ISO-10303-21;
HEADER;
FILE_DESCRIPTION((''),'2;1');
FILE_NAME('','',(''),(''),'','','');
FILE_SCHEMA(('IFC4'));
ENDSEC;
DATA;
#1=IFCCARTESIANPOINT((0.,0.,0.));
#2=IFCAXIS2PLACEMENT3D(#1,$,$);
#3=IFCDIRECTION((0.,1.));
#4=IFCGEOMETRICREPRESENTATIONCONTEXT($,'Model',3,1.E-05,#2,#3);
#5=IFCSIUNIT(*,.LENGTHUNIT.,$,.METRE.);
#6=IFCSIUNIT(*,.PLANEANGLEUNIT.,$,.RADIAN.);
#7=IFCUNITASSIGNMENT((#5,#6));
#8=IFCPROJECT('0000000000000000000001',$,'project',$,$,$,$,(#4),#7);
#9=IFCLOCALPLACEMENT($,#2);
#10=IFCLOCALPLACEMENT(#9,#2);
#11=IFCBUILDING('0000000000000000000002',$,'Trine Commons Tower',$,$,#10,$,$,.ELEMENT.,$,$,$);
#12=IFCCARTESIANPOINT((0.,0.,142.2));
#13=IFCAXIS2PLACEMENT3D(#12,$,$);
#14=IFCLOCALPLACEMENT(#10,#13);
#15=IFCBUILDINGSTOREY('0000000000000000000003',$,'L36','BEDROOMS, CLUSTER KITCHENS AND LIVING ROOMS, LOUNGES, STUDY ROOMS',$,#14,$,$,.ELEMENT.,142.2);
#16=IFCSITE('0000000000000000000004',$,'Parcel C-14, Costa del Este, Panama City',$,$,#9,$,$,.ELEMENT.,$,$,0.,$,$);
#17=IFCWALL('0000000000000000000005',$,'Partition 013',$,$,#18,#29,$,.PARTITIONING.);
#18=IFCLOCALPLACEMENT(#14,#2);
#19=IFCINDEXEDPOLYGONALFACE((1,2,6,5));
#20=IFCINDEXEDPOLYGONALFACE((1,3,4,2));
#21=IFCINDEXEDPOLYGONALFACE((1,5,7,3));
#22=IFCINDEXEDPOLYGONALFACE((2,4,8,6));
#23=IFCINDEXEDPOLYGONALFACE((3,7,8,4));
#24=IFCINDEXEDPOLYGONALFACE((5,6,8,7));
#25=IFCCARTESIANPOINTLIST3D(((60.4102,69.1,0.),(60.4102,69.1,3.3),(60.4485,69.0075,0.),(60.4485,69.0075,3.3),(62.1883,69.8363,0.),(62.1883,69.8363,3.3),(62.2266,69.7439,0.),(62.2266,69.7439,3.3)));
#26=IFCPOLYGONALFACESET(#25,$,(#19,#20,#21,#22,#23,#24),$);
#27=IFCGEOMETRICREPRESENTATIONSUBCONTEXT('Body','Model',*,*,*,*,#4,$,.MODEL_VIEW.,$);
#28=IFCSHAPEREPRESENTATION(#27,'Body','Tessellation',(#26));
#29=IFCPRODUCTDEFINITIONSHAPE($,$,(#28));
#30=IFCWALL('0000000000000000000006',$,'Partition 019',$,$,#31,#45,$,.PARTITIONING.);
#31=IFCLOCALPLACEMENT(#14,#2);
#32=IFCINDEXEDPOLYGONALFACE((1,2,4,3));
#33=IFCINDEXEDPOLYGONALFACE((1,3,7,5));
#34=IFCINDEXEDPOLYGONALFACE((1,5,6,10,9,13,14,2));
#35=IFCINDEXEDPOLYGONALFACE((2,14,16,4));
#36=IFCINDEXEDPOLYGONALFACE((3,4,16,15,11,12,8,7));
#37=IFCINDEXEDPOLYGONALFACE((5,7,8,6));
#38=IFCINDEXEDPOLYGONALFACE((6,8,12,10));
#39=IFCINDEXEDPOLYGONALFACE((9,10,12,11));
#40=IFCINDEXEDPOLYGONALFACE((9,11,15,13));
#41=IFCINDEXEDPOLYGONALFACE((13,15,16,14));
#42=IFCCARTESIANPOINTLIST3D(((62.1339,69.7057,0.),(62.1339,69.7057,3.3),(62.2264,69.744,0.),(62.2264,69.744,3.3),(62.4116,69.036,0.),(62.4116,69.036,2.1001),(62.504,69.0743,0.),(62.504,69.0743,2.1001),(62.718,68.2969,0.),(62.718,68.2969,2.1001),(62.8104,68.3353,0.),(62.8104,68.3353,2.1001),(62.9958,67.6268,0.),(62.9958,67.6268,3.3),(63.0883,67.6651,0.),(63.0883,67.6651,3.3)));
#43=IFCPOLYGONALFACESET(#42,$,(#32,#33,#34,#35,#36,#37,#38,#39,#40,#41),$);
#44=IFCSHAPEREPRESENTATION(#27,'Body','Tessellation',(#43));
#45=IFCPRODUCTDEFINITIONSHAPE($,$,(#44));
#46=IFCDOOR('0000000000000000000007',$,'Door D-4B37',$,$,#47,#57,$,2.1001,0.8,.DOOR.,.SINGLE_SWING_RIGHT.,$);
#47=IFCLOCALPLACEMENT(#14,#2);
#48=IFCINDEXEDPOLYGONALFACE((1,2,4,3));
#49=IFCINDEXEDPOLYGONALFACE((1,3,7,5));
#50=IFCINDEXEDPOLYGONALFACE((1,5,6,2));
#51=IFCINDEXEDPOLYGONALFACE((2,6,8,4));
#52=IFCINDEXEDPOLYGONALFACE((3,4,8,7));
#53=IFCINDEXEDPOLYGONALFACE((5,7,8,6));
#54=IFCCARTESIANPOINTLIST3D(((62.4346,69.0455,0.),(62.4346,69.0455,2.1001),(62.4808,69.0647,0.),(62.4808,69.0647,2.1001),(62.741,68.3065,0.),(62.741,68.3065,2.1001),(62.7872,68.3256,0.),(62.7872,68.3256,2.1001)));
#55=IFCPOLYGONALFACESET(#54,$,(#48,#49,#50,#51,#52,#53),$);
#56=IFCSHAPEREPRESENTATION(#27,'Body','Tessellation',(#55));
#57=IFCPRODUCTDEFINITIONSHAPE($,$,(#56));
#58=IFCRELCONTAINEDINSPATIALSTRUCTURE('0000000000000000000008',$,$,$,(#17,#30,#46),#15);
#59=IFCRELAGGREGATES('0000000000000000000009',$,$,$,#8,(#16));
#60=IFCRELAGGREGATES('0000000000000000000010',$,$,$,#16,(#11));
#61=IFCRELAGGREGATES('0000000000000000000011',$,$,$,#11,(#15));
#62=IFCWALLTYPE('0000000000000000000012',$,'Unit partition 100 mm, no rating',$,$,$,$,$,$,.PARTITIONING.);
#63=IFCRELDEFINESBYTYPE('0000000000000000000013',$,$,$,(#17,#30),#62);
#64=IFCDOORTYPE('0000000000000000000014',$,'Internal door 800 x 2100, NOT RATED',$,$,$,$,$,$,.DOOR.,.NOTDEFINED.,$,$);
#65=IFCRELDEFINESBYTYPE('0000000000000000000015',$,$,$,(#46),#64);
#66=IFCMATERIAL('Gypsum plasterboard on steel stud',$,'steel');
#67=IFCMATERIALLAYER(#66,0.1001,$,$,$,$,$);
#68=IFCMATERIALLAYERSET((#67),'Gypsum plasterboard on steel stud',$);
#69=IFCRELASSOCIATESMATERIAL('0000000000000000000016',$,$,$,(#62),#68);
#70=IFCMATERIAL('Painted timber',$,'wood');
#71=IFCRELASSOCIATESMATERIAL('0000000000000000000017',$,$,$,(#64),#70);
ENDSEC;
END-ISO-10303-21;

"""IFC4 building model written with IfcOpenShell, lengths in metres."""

from ifc_helpers import new_model, si_unit, direction, frame, frame_2d, origin, place, context, subcontext, project, spatial, rectangle, extrude, material, layer, layer_set, type_object, element, fill, save


model = new_model("IFC4")

# Units and contexts
model_context = context("Model", 3, precision=1e-05, world=origin(), true_north=direction((0.0, 1.0)))
body_context = subcontext(model_context, "Body", "Model", "MODEL_VIEW")
ifc_project = project(units=[si_unit("LENGTHUNIT", "METRE"), si_unit("PLANEANGLEUNIT", "RADIAN")], contexts=[model_context])

# Site, building, storey
site_placement = place(None, origin())
site = spatial("IfcSite", under=ifc_project, at=site_placement, Name="Parcel C-14, Costa del Este, Panama City", CompositionType="ELEMENT", RefElevation=0.0)
building_placement = place(site_placement, origin())
building = spatial("IfcBuilding", under=site, at=building_placement, Name="Trine Commons Tower", CompositionType="ELEMENT")
storey_placement = place(building_placement, frame((0.0, 0.0, 142.2)))
storey = spatial("IfcBuildingStorey", under=building, at=storey_placement, Name="L36", Description="BEDROOMS, CLUSTER KITCHENS AND LIVING ROOMS, LOUNGES, STUDY ROOMS", CompositionType="ELEMENT", Elevation=142.2)

# Shared definitions
ifc_material_1 = material(Name="Gypsum plasterboard on steel stud", Category="steel")

# Shared definitions
ifc_layer_1 = layer(ifc_material_1, 0.1001)
ifc_layer_set_1 = layer_set([ifc_layer_1], Name="Gypsum plasterboard on steel stud")
wall_type_1 = type_object("IfcWallType", Name="Unit partition 100 mm, no rating", PredefinedType="PARTITIONING", material=ifc_layer_set_1)
ifc_material_2 = material(Name="Painted timber", Category="wood")
door_type_1 = type_object("IfcDoorType", Name="Internal door 800 x 2100, NOT RATED", OperationType="NOTDEFINED", PredefinedType="DOOR", material=ifc_material_2)

# Wall
wall_1_placement = place(storey_placement, frame((60.4292, 69.0537, 0.0), z_axis=(0.0, 0.0, 1.0), x_axis=(0.923912, 0.382606, 0.0)))
element("IfcWall", 1, at=wall_1_placement, inside=storey, type_object=wall_type_1, Name="Partition 013", PredefinedType="PARTITIONING", context=body_context, shape_type="SweptSolid", body=[
    extrude(rectangle(XDim=1.9246, YDim=0.1001, at=frame_2d((0.9624, 0.0))), origin(), (0.0, 0.0, 1.0), 3.3),
])

# Wall, opening, door
wall_2_placement = place(storey_placement, frame((62.1802, 69.7249, 0.0), z_axis=(0.0, 0.0, 1.0), x_axis=(0.382959, -0.923766, 0.0)))
wall_2 = element("IfcWall", 2, at=wall_2_placement, inside=storey, type_object=wall_type_1, Name="Partition 019", PredefinedType="PARTITIONING", context=body_context, shape_type="SweptSolid", body=[
    extrude(rectangle(XDim=2.2505, YDim=0.1001, at=frame_2d((1.1252, 0.0))), origin(), (0.0, 0.0, 1.0), 3.3),
])
opening_1_placement = place(wall_2_placement, frame((0.7251, 0.0, 0.0)))
opening_1 = element("IfcOpeningElement", 3, at=opening_1_placement, cuts=wall_2, PredefinedType="OPENING", context=body_context, shape_type="SweptSolid", body=[
    extrude(rectangle(XDim=0.8, YDim=2.1001, at=frame_2d((0.3999, 1.05))), frame((0.0, 0.0601, 0.0), z_axis=(0.0, -1.0, 0.0), x_axis=(1.0, 0.0, 0.0)), (0.0, 0.0, 1.0), 0.1201),
])
door_1_placement = place(opening_1_placement, origin())
door_1 = element("IfcDoor", 4, at=door_1_placement, inside=storey, type_object=door_type_1, Name="Door D-4B37", OperationType="SINGLE_SWING_RIGHT", OverallHeight=2.1001, OverallWidth=0.8, PredefinedType="DOOR", context=body_context, shape_type="SweptSolid", body=[
    extrude(rectangle(XDim=0.8, YDim=2.1001, at=frame_2d((0.3999, 1.05))), frame((0.0, 0.0249, 0.0), z_axis=(0.0, -1.0, 0.0), x_axis=(1.0, 0.0, 0.0)), (0.0, 0.0, 1.0), 0.05),
])
fill(opening_1, door_1)

save(model, "model.ifc")
